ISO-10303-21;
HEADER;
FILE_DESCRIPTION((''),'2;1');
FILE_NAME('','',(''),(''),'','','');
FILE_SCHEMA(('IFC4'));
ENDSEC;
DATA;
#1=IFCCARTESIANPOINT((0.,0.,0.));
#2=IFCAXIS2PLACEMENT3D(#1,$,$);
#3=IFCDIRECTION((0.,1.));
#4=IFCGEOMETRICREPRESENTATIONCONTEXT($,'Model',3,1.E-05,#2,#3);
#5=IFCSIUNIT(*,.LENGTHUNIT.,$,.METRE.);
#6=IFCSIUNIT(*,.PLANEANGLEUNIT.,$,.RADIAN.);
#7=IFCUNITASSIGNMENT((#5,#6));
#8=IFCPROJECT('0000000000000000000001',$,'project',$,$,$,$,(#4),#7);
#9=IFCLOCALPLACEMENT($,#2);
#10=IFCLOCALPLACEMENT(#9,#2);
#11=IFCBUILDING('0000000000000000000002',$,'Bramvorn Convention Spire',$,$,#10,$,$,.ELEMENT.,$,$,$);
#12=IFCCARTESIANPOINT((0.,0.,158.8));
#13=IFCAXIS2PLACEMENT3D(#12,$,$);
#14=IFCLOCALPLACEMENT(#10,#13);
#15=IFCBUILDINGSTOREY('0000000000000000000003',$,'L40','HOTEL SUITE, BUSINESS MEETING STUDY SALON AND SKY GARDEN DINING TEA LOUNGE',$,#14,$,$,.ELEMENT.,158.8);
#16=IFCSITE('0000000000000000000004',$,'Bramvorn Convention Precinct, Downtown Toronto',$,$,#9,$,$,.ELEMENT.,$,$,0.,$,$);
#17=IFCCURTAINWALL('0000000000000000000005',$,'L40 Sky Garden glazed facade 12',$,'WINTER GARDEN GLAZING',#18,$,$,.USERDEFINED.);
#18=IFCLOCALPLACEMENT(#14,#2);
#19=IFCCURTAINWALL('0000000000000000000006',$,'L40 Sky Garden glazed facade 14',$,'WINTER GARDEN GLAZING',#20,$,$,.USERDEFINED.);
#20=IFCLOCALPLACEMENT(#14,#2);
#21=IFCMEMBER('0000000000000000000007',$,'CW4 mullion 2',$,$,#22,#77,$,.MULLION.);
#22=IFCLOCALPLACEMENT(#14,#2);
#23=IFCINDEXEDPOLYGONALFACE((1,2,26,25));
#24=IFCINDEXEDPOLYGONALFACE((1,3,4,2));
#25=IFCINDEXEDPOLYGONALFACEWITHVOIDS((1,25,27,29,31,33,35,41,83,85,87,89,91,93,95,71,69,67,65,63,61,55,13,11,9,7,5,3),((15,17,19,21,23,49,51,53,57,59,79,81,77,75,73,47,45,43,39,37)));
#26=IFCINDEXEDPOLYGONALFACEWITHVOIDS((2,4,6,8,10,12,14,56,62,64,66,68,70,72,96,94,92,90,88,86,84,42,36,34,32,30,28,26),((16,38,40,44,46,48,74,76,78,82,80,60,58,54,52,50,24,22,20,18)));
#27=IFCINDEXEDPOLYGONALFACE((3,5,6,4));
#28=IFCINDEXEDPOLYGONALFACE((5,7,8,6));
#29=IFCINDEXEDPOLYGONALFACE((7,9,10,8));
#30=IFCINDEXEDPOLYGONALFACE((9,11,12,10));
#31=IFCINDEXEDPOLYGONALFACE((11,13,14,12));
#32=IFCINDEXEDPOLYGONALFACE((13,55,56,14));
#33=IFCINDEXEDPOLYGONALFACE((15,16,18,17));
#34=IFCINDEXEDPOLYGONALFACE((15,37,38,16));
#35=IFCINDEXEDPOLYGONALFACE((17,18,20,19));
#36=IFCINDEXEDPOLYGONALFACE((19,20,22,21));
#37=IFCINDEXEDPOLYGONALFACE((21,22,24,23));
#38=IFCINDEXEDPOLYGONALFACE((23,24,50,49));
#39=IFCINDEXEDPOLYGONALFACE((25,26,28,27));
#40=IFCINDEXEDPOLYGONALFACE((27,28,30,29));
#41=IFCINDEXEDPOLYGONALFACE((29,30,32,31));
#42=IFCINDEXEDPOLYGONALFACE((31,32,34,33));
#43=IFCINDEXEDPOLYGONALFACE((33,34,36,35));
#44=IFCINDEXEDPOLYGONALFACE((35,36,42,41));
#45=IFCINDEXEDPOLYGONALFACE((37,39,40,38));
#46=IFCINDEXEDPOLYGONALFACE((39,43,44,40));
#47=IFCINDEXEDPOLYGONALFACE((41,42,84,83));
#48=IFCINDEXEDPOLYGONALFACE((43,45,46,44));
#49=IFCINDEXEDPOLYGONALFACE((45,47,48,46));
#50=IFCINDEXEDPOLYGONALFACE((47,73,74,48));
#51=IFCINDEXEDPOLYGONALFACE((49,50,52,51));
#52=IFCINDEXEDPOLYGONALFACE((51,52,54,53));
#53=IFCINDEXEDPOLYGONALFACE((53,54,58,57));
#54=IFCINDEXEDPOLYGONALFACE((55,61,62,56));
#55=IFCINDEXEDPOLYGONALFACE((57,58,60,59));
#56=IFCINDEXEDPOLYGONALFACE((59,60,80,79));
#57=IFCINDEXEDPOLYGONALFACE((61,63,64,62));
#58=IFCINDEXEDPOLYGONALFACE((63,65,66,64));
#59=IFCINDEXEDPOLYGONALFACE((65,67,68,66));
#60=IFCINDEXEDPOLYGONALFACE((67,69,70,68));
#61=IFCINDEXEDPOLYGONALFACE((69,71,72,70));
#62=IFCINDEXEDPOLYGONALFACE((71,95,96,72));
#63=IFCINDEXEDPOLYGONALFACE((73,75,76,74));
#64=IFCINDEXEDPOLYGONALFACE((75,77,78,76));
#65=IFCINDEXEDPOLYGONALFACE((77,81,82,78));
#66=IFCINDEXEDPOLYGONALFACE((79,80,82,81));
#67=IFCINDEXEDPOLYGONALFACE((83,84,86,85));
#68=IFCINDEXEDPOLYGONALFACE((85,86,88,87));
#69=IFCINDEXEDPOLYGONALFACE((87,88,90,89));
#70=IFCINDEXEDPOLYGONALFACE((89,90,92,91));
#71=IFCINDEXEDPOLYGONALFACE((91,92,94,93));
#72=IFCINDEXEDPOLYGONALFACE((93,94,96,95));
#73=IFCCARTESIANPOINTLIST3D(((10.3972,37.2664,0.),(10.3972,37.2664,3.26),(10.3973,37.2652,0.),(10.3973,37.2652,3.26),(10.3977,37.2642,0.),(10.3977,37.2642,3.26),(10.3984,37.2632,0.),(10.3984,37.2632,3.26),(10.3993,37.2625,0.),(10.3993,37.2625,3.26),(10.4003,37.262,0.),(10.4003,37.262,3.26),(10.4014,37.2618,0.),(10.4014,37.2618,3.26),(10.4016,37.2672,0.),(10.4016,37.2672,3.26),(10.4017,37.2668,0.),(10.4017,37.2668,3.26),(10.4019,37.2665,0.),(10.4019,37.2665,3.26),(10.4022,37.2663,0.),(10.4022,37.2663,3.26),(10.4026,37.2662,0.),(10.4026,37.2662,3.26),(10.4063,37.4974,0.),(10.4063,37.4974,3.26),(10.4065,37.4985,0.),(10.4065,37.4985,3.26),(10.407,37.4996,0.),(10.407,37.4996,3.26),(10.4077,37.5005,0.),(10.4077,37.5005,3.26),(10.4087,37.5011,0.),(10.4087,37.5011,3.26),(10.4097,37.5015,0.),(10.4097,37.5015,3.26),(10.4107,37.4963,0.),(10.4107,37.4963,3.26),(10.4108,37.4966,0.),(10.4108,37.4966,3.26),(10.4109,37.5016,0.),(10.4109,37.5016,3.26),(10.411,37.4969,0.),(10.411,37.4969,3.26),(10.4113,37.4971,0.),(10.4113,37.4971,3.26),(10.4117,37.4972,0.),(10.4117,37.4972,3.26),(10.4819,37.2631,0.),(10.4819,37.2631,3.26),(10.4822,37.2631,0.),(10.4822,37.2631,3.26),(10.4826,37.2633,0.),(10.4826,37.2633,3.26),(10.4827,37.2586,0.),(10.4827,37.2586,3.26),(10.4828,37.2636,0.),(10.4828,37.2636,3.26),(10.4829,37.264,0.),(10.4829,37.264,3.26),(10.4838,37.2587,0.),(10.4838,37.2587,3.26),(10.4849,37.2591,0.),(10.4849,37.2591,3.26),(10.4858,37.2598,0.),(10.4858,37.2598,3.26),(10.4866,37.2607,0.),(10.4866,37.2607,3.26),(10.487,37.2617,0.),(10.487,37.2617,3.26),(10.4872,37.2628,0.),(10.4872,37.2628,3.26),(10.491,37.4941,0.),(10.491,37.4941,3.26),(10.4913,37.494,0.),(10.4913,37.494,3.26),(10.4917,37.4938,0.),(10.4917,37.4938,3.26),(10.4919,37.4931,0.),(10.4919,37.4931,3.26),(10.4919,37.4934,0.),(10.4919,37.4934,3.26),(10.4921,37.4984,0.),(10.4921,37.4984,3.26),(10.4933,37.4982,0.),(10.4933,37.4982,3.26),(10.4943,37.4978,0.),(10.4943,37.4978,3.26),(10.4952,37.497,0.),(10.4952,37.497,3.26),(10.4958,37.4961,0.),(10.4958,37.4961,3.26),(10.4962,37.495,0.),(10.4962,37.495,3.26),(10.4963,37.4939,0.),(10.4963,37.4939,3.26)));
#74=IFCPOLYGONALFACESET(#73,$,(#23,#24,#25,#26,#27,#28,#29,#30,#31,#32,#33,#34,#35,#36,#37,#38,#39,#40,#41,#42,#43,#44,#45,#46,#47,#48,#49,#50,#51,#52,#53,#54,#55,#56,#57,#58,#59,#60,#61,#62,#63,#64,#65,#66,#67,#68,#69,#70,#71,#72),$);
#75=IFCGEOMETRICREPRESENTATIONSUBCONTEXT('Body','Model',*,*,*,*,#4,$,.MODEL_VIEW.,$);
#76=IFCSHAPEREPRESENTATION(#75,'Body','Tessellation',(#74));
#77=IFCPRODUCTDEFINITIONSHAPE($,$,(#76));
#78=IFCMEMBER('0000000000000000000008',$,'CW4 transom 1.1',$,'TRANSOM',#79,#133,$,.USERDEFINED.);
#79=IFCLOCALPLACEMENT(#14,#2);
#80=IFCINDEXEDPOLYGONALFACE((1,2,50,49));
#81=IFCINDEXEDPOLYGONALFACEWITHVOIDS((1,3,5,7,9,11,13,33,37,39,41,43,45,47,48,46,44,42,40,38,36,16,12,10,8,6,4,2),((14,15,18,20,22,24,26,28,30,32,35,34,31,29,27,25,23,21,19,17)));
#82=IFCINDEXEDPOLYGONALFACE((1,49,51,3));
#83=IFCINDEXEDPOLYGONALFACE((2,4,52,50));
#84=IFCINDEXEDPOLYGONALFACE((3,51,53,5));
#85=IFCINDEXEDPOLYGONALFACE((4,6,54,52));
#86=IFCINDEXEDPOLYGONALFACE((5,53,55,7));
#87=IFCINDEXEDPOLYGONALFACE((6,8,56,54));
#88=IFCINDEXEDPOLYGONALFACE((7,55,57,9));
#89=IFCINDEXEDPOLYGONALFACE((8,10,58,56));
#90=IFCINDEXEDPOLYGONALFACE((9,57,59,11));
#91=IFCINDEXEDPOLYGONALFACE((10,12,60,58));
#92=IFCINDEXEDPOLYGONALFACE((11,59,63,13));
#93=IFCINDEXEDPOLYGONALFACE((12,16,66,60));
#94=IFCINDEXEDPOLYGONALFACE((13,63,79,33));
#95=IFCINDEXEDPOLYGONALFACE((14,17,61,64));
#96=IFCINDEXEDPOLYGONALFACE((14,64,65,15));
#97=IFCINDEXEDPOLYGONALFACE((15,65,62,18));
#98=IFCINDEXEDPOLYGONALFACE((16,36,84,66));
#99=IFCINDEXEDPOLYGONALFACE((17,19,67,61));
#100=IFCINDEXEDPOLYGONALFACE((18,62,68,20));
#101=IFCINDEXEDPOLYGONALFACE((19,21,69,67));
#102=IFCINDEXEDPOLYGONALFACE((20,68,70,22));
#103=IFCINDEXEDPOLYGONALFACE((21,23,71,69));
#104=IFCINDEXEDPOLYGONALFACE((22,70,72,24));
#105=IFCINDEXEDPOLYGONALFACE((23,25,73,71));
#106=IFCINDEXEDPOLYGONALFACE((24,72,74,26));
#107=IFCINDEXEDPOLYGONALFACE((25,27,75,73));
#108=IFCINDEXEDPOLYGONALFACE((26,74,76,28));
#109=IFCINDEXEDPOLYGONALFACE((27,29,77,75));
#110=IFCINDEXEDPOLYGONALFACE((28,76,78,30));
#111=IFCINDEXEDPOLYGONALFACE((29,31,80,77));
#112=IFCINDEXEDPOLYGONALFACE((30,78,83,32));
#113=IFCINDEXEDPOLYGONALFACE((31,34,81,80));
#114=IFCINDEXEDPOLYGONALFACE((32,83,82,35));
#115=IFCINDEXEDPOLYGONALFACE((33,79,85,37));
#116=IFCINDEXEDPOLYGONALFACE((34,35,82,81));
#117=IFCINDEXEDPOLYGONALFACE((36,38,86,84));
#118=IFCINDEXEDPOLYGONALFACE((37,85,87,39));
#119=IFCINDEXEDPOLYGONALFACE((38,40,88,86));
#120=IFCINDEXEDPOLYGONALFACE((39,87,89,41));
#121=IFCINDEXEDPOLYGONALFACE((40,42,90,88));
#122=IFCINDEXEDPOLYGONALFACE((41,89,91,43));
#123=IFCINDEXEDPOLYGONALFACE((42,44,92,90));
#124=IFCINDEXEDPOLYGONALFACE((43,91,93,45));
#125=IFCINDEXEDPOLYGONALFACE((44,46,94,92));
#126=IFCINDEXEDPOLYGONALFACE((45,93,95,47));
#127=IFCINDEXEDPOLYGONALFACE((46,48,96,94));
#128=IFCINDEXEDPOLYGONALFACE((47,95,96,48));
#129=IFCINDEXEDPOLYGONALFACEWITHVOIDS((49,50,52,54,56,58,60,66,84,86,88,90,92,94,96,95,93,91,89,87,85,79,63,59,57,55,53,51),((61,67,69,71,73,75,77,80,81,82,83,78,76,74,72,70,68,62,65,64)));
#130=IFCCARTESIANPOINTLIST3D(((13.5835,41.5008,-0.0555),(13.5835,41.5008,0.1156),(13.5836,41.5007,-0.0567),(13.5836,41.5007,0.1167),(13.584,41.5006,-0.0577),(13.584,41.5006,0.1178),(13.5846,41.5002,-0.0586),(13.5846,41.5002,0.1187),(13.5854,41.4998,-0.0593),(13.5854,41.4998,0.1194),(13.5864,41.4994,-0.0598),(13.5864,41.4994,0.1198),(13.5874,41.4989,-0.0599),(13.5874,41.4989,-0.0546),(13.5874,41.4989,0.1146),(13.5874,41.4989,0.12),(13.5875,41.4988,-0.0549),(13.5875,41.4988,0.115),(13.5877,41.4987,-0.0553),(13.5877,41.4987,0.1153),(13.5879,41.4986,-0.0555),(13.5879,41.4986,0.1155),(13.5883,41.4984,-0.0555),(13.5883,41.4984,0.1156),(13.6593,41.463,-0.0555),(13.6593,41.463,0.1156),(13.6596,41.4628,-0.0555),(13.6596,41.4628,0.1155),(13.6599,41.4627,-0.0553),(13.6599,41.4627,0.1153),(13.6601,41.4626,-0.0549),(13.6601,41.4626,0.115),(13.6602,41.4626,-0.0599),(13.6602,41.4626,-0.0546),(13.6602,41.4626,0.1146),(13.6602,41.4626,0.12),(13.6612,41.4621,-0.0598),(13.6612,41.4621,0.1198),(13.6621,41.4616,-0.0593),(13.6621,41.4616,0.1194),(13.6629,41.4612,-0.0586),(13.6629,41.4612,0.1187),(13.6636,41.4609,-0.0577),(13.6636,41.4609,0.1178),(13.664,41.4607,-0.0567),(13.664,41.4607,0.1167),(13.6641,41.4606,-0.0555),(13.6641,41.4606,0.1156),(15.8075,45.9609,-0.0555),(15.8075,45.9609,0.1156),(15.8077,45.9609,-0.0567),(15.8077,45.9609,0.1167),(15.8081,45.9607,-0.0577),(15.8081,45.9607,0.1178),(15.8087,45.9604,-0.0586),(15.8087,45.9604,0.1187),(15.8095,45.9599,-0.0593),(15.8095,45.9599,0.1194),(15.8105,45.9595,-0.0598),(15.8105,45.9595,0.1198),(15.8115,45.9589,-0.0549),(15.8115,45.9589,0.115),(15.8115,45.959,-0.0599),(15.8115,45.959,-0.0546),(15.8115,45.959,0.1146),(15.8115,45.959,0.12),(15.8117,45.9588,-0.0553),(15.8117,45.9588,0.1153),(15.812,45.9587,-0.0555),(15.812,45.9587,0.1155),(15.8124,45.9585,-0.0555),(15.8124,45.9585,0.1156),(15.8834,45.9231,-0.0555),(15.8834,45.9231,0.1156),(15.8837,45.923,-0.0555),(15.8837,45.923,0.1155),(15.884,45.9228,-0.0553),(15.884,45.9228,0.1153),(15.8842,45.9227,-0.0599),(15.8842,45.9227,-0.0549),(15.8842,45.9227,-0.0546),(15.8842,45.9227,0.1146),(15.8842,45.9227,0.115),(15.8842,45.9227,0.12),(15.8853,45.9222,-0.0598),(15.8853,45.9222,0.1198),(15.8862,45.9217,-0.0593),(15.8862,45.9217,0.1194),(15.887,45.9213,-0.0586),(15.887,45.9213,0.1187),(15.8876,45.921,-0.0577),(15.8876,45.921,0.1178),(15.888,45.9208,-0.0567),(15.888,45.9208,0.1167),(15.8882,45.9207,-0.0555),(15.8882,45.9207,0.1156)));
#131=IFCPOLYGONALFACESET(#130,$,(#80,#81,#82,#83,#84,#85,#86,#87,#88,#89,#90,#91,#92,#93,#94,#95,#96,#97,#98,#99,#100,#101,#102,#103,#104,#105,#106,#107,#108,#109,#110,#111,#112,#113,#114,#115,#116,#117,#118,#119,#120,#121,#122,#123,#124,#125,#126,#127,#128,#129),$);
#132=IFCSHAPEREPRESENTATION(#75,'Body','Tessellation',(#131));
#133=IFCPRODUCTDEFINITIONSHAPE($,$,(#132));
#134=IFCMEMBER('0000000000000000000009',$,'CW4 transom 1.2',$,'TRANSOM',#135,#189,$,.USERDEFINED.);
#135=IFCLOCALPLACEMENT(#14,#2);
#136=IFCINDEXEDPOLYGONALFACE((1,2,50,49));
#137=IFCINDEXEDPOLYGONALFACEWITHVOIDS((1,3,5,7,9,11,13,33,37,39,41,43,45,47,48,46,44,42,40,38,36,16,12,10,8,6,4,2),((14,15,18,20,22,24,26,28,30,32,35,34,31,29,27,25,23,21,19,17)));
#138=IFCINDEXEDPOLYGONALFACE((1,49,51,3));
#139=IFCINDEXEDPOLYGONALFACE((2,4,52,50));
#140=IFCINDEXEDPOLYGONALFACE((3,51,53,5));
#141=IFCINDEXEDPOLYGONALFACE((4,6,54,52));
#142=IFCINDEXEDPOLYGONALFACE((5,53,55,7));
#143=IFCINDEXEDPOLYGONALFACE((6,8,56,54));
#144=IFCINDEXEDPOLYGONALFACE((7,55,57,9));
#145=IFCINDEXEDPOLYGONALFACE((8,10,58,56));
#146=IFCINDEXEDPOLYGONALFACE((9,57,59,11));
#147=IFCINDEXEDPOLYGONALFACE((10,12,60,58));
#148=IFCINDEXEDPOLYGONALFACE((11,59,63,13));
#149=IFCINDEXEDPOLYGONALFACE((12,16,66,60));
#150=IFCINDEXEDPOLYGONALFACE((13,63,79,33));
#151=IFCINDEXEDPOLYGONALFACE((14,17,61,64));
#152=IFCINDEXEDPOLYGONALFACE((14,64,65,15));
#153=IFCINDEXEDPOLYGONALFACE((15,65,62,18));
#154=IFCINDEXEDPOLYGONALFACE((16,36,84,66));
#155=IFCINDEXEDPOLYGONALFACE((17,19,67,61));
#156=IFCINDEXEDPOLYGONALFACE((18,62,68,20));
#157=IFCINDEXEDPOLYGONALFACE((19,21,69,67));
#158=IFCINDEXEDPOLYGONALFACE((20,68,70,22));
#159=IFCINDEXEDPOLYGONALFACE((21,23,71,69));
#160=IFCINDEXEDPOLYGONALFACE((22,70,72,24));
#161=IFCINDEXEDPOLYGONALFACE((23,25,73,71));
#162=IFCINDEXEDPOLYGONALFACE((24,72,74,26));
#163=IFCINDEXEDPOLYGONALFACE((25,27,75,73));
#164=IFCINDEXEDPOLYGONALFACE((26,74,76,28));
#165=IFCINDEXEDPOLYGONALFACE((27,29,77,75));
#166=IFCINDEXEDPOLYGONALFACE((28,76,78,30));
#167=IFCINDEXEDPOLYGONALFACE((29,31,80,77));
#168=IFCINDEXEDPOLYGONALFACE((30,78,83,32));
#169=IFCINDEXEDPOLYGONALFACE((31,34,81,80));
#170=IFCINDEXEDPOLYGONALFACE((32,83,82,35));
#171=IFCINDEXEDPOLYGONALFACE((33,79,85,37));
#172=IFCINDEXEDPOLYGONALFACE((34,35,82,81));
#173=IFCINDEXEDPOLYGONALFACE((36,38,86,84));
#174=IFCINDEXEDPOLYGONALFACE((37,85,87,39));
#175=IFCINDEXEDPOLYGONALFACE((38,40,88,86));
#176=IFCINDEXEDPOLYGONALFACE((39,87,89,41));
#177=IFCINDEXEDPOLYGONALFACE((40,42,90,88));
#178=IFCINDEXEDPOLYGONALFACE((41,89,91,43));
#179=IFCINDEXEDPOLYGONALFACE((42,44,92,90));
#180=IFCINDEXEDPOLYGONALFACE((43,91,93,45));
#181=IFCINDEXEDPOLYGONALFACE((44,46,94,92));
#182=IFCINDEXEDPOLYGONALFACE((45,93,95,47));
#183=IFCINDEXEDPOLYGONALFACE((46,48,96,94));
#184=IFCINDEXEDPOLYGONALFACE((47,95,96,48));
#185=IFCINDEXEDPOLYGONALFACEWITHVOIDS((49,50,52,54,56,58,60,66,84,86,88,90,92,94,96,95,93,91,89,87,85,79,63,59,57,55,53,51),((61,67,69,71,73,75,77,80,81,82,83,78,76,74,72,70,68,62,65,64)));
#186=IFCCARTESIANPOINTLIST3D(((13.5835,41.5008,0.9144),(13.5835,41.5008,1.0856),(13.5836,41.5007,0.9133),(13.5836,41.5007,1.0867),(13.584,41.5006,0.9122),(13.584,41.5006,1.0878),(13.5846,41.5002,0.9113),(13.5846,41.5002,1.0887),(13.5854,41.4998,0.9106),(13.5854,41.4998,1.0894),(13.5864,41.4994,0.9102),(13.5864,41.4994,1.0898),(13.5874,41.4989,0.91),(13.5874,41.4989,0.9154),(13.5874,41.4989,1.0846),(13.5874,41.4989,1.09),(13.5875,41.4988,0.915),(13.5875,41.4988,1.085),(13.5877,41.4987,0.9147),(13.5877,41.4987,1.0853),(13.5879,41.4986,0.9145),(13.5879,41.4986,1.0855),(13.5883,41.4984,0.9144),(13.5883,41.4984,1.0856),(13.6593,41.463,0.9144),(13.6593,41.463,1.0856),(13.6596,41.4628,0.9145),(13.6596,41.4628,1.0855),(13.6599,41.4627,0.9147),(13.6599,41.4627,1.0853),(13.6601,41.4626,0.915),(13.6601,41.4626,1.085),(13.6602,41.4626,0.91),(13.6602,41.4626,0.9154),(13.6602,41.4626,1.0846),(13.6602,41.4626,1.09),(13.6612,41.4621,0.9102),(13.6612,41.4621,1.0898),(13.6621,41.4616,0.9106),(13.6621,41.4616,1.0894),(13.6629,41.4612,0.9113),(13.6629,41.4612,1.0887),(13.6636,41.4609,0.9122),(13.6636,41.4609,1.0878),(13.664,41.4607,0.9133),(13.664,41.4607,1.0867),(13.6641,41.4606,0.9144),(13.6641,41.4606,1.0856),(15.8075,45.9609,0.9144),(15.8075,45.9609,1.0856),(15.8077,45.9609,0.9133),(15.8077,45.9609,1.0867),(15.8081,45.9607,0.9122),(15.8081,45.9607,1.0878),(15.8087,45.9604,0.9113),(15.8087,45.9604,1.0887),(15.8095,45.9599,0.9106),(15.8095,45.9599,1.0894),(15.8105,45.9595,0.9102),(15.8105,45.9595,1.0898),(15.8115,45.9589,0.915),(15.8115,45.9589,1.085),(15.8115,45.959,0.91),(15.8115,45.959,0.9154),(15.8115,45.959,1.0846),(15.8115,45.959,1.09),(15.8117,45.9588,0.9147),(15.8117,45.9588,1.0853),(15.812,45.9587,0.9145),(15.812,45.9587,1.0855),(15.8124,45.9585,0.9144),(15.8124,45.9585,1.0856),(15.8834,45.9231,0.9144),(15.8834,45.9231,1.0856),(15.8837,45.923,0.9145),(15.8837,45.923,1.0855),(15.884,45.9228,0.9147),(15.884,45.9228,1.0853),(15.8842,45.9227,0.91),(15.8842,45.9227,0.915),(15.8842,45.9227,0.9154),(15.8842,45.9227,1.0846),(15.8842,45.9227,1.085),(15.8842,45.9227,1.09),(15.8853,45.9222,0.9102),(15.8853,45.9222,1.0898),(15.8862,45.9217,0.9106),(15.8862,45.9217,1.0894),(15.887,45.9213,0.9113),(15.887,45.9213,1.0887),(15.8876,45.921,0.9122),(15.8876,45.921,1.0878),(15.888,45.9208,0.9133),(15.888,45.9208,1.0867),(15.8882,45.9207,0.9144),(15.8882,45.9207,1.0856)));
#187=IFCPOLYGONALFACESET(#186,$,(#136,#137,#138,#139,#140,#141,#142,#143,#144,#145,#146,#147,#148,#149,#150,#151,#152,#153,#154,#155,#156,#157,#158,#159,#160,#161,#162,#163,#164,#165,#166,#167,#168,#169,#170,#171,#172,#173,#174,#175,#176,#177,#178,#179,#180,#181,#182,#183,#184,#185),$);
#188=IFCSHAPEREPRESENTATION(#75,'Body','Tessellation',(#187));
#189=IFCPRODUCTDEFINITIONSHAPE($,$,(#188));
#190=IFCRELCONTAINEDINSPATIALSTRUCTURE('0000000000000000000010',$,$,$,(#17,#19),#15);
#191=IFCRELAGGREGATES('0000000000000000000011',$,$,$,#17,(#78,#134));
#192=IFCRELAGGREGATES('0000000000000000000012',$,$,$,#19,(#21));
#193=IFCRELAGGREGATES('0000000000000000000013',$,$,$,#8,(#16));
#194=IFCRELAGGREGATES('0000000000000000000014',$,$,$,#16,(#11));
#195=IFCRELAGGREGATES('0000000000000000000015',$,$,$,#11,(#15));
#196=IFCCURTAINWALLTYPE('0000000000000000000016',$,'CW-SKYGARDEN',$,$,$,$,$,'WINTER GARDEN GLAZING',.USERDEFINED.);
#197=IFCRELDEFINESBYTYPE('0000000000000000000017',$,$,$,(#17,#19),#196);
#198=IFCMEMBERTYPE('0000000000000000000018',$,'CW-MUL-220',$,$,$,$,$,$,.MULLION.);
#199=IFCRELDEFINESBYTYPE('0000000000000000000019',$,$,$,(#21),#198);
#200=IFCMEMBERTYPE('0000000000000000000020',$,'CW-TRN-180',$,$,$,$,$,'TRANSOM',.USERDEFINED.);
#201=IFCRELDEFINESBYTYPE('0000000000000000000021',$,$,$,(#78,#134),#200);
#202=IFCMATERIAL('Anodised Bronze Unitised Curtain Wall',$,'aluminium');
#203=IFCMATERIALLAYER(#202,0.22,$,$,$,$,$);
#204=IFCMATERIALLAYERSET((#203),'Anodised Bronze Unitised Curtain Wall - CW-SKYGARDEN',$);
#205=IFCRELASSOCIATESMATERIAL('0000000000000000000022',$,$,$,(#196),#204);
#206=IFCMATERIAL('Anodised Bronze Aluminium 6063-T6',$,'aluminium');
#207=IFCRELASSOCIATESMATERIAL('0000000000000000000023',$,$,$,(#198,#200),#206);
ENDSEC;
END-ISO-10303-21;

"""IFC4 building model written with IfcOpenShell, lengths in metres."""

from ifc_helpers import new_model, si_unit, direction, frame, origin, origin_2d, place, context, subcontext, project, spatial, hollow_rectangle, extrude, material, layer, layer_set, material_profile, profile_set, type_object, element, aggregate, save


model = new_model("IFC4")

# Units and contexts
model_context = context("Model", 3, precision=1e-05, world=origin(), true_north=direction((0.0, 1.0)))
body_context = subcontext(model_context, "Body", "Model", "MODEL_VIEW")
ifc_project = project(units=[si_unit("LENGTHUNIT", "METRE"), si_unit("PLANEANGLEUNIT", "RADIAN")], contexts=[model_context])

# Site, building, storey
site_placement = place(None, origin())
site = spatial("IfcSite", under=ifc_project, at=site_placement, Name="Bramvorn Convention Precinct, Downtown Toronto", CompositionType="ELEMENT", RefElevation=0.0)
building_placement = place(site_placement, origin())
building = spatial("IfcBuilding", under=site, at=building_placement, Name="Bramvorn Convention Spire", CompositionType="ELEMENT")
storey_placement = place(building_placement, frame((0.0, 0.0, 158.8)))
storey = spatial("IfcBuildingStorey", under=building, at=storey_placement, Name="L40", Description="HOTEL SUITE, BUSINESS MEETING STUDY SALON AND SKY GARDEN DINING TEA LOUNGE", CompositionType="ELEMENT", Elevation=158.8)

# Curtain wall
ifc_material_1 = material(Name="Anodised Bronze Unitised Curtain Wall", Category="aluminium")
ifc_layer_1 = layer(ifc_material_1, 0.22)
ifc_layer_set_1 = layer_set([ifc_layer_1], Name="Anodised Bronze Unitised Curtain Wall - CW-SKYGARDEN")
curtain_wall_type = type_object("IfcCurtainWallType", Name="CW-SKYGARDEN", ElementType="WINTER GARDEN GLAZING", PredefinedType="USERDEFINED", material=ifc_layer_set_1)
curtain_wall_1_placement = place(storey_placement, origin())
curtain_wall_1 = element("IfcCurtainWall", 1, at=curtain_wall_1_placement, inside=storey, type_object=curtain_wall_type, Name="L40 Sky Garden glazed facade 12", ObjectType="WINTER GARDEN GLAZING", PredefinedType="USERDEFINED")
ifc_material_2 = material(Name="Anodised Bronze Aluminium 6063-T6", Category="aluminium")
ifc_material_profile_1 = material_profile(ifc_material_2, hollow_rectangle(XDim=0.0901, YDim=0.24, WallThickness=0.0044, InnerFilletRadius=0.001, OuterFilletRadius=0.0044, at=origin_2d()))
ifc_profile_set_1 = profile_set([ifc_material_profile_1], Name="Anodised Bronze Aluminium 6063-T6 - CWM90X240")
member_type_1 = type_object("IfcMemberType", Name="CW-MUL-220", PredefinedType="MULLION", material=ifc_profile_set_1)

# Curtain wall, member
curtain_wall_2_placement = place(storey_placement, origin())
curtain_wall_2 = element("IfcCurtainWall", 2, at=curtain_wall_2_placement, inside=storey, type_object=curtain_wall_type, Name="L40 Sky Garden glazed facade 14", ObjectType="WINTER GARDEN GLAZING", PredefinedType="USERDEFINED")
member_1_placement = place(storey_placement, frame((10.4468, 37.3801, 0.0), z_axis=(0.0, 0.0, 1.0), x_axis=(-0.999224, 0.039397, 0.0)))
member_1 = element("IfcMember", 3, at=member_1_placement, type_object=member_type_1, Name="CW4 mullion 2", PredefinedType="MULLION", context=body_context, shape_type="SweptSolid", body=[
    extrude(hollow_rectangle(XDim=0.0901, YDim=0.24, WallThickness=0.0044, InnerFilletRadius=0.001, OuterFilletRadius=0.0044, at=origin_2d()), origin(), (0.0, 0.0, 1.0), 3.26),
])

# Members
ifc_material_profile_2 = material_profile(ifc_material_2, hollow_rectangle(XDim=0.0901, YDim=0.1799, WallThickness=0.0044, InnerFilletRadius=0.001, OuterFilletRadius=0.0044, at=origin_2d()))
ifc_profile_set_2 = profile_set([ifc_material_profile_2], Name="Anodised Bronze Aluminium 6063-T6 - CWT90X180")
member_type_2 = type_object("IfcMemberType", Name="CW-TRN-180", ElementType="TRANSOM", PredefinedType="USERDEFINED", material=ifc_profile_set_2)
member_2_placement = place(storey_placement, frame((13.6238, 41.4807, 0.03), z_axis=(0.446253, 0.894907, 0.0), x_axis=(-0.894907, 0.446253, 0.0)))
member_2 = element("IfcMember", 4, at=member_2_placement, type_object=member_type_2, Name="CW4 transom 1.1", ObjectType="TRANSOM", PredefinedType="USERDEFINED", context=body_context, shape_type="SweptSolid", body=[
    extrude(hollow_rectangle(XDim=0.0901, YDim=0.1799, WallThickness=0.0044, InnerFilletRadius=0.001, OuterFilletRadius=0.0044, at=origin_2d()), origin(), (0.0, 0.0, 1.0), 4.9839),
])
member_3_placement = place(storey_placement, frame((13.6238, 41.4807, 1.0), z_axis=(0.446253, 0.894907, 0.0), x_axis=(-0.894907, 0.446253, 0.0)))
member_3 = element("IfcMember", 5, at=member_3_placement, type_object=member_type_2, Name="CW4 transom 1.2", ObjectType="TRANSOM", PredefinedType="USERDEFINED", context=body_context, shape_type="SweptSolid", body=[
    extrude(hollow_rectangle(XDim=0.0901, YDim=0.1799, WallThickness=0.0044, InnerFilletRadius=0.001, OuterFilletRadius=0.0044, at=origin_2d()), origin(), (0.0, 0.0, 1.0), 4.9839),
])

aggregate(curtain_wall_1, [member_2, member_3])
aggregate(curtain_wall_2, [member_1])

save(model, "model.ifc")
